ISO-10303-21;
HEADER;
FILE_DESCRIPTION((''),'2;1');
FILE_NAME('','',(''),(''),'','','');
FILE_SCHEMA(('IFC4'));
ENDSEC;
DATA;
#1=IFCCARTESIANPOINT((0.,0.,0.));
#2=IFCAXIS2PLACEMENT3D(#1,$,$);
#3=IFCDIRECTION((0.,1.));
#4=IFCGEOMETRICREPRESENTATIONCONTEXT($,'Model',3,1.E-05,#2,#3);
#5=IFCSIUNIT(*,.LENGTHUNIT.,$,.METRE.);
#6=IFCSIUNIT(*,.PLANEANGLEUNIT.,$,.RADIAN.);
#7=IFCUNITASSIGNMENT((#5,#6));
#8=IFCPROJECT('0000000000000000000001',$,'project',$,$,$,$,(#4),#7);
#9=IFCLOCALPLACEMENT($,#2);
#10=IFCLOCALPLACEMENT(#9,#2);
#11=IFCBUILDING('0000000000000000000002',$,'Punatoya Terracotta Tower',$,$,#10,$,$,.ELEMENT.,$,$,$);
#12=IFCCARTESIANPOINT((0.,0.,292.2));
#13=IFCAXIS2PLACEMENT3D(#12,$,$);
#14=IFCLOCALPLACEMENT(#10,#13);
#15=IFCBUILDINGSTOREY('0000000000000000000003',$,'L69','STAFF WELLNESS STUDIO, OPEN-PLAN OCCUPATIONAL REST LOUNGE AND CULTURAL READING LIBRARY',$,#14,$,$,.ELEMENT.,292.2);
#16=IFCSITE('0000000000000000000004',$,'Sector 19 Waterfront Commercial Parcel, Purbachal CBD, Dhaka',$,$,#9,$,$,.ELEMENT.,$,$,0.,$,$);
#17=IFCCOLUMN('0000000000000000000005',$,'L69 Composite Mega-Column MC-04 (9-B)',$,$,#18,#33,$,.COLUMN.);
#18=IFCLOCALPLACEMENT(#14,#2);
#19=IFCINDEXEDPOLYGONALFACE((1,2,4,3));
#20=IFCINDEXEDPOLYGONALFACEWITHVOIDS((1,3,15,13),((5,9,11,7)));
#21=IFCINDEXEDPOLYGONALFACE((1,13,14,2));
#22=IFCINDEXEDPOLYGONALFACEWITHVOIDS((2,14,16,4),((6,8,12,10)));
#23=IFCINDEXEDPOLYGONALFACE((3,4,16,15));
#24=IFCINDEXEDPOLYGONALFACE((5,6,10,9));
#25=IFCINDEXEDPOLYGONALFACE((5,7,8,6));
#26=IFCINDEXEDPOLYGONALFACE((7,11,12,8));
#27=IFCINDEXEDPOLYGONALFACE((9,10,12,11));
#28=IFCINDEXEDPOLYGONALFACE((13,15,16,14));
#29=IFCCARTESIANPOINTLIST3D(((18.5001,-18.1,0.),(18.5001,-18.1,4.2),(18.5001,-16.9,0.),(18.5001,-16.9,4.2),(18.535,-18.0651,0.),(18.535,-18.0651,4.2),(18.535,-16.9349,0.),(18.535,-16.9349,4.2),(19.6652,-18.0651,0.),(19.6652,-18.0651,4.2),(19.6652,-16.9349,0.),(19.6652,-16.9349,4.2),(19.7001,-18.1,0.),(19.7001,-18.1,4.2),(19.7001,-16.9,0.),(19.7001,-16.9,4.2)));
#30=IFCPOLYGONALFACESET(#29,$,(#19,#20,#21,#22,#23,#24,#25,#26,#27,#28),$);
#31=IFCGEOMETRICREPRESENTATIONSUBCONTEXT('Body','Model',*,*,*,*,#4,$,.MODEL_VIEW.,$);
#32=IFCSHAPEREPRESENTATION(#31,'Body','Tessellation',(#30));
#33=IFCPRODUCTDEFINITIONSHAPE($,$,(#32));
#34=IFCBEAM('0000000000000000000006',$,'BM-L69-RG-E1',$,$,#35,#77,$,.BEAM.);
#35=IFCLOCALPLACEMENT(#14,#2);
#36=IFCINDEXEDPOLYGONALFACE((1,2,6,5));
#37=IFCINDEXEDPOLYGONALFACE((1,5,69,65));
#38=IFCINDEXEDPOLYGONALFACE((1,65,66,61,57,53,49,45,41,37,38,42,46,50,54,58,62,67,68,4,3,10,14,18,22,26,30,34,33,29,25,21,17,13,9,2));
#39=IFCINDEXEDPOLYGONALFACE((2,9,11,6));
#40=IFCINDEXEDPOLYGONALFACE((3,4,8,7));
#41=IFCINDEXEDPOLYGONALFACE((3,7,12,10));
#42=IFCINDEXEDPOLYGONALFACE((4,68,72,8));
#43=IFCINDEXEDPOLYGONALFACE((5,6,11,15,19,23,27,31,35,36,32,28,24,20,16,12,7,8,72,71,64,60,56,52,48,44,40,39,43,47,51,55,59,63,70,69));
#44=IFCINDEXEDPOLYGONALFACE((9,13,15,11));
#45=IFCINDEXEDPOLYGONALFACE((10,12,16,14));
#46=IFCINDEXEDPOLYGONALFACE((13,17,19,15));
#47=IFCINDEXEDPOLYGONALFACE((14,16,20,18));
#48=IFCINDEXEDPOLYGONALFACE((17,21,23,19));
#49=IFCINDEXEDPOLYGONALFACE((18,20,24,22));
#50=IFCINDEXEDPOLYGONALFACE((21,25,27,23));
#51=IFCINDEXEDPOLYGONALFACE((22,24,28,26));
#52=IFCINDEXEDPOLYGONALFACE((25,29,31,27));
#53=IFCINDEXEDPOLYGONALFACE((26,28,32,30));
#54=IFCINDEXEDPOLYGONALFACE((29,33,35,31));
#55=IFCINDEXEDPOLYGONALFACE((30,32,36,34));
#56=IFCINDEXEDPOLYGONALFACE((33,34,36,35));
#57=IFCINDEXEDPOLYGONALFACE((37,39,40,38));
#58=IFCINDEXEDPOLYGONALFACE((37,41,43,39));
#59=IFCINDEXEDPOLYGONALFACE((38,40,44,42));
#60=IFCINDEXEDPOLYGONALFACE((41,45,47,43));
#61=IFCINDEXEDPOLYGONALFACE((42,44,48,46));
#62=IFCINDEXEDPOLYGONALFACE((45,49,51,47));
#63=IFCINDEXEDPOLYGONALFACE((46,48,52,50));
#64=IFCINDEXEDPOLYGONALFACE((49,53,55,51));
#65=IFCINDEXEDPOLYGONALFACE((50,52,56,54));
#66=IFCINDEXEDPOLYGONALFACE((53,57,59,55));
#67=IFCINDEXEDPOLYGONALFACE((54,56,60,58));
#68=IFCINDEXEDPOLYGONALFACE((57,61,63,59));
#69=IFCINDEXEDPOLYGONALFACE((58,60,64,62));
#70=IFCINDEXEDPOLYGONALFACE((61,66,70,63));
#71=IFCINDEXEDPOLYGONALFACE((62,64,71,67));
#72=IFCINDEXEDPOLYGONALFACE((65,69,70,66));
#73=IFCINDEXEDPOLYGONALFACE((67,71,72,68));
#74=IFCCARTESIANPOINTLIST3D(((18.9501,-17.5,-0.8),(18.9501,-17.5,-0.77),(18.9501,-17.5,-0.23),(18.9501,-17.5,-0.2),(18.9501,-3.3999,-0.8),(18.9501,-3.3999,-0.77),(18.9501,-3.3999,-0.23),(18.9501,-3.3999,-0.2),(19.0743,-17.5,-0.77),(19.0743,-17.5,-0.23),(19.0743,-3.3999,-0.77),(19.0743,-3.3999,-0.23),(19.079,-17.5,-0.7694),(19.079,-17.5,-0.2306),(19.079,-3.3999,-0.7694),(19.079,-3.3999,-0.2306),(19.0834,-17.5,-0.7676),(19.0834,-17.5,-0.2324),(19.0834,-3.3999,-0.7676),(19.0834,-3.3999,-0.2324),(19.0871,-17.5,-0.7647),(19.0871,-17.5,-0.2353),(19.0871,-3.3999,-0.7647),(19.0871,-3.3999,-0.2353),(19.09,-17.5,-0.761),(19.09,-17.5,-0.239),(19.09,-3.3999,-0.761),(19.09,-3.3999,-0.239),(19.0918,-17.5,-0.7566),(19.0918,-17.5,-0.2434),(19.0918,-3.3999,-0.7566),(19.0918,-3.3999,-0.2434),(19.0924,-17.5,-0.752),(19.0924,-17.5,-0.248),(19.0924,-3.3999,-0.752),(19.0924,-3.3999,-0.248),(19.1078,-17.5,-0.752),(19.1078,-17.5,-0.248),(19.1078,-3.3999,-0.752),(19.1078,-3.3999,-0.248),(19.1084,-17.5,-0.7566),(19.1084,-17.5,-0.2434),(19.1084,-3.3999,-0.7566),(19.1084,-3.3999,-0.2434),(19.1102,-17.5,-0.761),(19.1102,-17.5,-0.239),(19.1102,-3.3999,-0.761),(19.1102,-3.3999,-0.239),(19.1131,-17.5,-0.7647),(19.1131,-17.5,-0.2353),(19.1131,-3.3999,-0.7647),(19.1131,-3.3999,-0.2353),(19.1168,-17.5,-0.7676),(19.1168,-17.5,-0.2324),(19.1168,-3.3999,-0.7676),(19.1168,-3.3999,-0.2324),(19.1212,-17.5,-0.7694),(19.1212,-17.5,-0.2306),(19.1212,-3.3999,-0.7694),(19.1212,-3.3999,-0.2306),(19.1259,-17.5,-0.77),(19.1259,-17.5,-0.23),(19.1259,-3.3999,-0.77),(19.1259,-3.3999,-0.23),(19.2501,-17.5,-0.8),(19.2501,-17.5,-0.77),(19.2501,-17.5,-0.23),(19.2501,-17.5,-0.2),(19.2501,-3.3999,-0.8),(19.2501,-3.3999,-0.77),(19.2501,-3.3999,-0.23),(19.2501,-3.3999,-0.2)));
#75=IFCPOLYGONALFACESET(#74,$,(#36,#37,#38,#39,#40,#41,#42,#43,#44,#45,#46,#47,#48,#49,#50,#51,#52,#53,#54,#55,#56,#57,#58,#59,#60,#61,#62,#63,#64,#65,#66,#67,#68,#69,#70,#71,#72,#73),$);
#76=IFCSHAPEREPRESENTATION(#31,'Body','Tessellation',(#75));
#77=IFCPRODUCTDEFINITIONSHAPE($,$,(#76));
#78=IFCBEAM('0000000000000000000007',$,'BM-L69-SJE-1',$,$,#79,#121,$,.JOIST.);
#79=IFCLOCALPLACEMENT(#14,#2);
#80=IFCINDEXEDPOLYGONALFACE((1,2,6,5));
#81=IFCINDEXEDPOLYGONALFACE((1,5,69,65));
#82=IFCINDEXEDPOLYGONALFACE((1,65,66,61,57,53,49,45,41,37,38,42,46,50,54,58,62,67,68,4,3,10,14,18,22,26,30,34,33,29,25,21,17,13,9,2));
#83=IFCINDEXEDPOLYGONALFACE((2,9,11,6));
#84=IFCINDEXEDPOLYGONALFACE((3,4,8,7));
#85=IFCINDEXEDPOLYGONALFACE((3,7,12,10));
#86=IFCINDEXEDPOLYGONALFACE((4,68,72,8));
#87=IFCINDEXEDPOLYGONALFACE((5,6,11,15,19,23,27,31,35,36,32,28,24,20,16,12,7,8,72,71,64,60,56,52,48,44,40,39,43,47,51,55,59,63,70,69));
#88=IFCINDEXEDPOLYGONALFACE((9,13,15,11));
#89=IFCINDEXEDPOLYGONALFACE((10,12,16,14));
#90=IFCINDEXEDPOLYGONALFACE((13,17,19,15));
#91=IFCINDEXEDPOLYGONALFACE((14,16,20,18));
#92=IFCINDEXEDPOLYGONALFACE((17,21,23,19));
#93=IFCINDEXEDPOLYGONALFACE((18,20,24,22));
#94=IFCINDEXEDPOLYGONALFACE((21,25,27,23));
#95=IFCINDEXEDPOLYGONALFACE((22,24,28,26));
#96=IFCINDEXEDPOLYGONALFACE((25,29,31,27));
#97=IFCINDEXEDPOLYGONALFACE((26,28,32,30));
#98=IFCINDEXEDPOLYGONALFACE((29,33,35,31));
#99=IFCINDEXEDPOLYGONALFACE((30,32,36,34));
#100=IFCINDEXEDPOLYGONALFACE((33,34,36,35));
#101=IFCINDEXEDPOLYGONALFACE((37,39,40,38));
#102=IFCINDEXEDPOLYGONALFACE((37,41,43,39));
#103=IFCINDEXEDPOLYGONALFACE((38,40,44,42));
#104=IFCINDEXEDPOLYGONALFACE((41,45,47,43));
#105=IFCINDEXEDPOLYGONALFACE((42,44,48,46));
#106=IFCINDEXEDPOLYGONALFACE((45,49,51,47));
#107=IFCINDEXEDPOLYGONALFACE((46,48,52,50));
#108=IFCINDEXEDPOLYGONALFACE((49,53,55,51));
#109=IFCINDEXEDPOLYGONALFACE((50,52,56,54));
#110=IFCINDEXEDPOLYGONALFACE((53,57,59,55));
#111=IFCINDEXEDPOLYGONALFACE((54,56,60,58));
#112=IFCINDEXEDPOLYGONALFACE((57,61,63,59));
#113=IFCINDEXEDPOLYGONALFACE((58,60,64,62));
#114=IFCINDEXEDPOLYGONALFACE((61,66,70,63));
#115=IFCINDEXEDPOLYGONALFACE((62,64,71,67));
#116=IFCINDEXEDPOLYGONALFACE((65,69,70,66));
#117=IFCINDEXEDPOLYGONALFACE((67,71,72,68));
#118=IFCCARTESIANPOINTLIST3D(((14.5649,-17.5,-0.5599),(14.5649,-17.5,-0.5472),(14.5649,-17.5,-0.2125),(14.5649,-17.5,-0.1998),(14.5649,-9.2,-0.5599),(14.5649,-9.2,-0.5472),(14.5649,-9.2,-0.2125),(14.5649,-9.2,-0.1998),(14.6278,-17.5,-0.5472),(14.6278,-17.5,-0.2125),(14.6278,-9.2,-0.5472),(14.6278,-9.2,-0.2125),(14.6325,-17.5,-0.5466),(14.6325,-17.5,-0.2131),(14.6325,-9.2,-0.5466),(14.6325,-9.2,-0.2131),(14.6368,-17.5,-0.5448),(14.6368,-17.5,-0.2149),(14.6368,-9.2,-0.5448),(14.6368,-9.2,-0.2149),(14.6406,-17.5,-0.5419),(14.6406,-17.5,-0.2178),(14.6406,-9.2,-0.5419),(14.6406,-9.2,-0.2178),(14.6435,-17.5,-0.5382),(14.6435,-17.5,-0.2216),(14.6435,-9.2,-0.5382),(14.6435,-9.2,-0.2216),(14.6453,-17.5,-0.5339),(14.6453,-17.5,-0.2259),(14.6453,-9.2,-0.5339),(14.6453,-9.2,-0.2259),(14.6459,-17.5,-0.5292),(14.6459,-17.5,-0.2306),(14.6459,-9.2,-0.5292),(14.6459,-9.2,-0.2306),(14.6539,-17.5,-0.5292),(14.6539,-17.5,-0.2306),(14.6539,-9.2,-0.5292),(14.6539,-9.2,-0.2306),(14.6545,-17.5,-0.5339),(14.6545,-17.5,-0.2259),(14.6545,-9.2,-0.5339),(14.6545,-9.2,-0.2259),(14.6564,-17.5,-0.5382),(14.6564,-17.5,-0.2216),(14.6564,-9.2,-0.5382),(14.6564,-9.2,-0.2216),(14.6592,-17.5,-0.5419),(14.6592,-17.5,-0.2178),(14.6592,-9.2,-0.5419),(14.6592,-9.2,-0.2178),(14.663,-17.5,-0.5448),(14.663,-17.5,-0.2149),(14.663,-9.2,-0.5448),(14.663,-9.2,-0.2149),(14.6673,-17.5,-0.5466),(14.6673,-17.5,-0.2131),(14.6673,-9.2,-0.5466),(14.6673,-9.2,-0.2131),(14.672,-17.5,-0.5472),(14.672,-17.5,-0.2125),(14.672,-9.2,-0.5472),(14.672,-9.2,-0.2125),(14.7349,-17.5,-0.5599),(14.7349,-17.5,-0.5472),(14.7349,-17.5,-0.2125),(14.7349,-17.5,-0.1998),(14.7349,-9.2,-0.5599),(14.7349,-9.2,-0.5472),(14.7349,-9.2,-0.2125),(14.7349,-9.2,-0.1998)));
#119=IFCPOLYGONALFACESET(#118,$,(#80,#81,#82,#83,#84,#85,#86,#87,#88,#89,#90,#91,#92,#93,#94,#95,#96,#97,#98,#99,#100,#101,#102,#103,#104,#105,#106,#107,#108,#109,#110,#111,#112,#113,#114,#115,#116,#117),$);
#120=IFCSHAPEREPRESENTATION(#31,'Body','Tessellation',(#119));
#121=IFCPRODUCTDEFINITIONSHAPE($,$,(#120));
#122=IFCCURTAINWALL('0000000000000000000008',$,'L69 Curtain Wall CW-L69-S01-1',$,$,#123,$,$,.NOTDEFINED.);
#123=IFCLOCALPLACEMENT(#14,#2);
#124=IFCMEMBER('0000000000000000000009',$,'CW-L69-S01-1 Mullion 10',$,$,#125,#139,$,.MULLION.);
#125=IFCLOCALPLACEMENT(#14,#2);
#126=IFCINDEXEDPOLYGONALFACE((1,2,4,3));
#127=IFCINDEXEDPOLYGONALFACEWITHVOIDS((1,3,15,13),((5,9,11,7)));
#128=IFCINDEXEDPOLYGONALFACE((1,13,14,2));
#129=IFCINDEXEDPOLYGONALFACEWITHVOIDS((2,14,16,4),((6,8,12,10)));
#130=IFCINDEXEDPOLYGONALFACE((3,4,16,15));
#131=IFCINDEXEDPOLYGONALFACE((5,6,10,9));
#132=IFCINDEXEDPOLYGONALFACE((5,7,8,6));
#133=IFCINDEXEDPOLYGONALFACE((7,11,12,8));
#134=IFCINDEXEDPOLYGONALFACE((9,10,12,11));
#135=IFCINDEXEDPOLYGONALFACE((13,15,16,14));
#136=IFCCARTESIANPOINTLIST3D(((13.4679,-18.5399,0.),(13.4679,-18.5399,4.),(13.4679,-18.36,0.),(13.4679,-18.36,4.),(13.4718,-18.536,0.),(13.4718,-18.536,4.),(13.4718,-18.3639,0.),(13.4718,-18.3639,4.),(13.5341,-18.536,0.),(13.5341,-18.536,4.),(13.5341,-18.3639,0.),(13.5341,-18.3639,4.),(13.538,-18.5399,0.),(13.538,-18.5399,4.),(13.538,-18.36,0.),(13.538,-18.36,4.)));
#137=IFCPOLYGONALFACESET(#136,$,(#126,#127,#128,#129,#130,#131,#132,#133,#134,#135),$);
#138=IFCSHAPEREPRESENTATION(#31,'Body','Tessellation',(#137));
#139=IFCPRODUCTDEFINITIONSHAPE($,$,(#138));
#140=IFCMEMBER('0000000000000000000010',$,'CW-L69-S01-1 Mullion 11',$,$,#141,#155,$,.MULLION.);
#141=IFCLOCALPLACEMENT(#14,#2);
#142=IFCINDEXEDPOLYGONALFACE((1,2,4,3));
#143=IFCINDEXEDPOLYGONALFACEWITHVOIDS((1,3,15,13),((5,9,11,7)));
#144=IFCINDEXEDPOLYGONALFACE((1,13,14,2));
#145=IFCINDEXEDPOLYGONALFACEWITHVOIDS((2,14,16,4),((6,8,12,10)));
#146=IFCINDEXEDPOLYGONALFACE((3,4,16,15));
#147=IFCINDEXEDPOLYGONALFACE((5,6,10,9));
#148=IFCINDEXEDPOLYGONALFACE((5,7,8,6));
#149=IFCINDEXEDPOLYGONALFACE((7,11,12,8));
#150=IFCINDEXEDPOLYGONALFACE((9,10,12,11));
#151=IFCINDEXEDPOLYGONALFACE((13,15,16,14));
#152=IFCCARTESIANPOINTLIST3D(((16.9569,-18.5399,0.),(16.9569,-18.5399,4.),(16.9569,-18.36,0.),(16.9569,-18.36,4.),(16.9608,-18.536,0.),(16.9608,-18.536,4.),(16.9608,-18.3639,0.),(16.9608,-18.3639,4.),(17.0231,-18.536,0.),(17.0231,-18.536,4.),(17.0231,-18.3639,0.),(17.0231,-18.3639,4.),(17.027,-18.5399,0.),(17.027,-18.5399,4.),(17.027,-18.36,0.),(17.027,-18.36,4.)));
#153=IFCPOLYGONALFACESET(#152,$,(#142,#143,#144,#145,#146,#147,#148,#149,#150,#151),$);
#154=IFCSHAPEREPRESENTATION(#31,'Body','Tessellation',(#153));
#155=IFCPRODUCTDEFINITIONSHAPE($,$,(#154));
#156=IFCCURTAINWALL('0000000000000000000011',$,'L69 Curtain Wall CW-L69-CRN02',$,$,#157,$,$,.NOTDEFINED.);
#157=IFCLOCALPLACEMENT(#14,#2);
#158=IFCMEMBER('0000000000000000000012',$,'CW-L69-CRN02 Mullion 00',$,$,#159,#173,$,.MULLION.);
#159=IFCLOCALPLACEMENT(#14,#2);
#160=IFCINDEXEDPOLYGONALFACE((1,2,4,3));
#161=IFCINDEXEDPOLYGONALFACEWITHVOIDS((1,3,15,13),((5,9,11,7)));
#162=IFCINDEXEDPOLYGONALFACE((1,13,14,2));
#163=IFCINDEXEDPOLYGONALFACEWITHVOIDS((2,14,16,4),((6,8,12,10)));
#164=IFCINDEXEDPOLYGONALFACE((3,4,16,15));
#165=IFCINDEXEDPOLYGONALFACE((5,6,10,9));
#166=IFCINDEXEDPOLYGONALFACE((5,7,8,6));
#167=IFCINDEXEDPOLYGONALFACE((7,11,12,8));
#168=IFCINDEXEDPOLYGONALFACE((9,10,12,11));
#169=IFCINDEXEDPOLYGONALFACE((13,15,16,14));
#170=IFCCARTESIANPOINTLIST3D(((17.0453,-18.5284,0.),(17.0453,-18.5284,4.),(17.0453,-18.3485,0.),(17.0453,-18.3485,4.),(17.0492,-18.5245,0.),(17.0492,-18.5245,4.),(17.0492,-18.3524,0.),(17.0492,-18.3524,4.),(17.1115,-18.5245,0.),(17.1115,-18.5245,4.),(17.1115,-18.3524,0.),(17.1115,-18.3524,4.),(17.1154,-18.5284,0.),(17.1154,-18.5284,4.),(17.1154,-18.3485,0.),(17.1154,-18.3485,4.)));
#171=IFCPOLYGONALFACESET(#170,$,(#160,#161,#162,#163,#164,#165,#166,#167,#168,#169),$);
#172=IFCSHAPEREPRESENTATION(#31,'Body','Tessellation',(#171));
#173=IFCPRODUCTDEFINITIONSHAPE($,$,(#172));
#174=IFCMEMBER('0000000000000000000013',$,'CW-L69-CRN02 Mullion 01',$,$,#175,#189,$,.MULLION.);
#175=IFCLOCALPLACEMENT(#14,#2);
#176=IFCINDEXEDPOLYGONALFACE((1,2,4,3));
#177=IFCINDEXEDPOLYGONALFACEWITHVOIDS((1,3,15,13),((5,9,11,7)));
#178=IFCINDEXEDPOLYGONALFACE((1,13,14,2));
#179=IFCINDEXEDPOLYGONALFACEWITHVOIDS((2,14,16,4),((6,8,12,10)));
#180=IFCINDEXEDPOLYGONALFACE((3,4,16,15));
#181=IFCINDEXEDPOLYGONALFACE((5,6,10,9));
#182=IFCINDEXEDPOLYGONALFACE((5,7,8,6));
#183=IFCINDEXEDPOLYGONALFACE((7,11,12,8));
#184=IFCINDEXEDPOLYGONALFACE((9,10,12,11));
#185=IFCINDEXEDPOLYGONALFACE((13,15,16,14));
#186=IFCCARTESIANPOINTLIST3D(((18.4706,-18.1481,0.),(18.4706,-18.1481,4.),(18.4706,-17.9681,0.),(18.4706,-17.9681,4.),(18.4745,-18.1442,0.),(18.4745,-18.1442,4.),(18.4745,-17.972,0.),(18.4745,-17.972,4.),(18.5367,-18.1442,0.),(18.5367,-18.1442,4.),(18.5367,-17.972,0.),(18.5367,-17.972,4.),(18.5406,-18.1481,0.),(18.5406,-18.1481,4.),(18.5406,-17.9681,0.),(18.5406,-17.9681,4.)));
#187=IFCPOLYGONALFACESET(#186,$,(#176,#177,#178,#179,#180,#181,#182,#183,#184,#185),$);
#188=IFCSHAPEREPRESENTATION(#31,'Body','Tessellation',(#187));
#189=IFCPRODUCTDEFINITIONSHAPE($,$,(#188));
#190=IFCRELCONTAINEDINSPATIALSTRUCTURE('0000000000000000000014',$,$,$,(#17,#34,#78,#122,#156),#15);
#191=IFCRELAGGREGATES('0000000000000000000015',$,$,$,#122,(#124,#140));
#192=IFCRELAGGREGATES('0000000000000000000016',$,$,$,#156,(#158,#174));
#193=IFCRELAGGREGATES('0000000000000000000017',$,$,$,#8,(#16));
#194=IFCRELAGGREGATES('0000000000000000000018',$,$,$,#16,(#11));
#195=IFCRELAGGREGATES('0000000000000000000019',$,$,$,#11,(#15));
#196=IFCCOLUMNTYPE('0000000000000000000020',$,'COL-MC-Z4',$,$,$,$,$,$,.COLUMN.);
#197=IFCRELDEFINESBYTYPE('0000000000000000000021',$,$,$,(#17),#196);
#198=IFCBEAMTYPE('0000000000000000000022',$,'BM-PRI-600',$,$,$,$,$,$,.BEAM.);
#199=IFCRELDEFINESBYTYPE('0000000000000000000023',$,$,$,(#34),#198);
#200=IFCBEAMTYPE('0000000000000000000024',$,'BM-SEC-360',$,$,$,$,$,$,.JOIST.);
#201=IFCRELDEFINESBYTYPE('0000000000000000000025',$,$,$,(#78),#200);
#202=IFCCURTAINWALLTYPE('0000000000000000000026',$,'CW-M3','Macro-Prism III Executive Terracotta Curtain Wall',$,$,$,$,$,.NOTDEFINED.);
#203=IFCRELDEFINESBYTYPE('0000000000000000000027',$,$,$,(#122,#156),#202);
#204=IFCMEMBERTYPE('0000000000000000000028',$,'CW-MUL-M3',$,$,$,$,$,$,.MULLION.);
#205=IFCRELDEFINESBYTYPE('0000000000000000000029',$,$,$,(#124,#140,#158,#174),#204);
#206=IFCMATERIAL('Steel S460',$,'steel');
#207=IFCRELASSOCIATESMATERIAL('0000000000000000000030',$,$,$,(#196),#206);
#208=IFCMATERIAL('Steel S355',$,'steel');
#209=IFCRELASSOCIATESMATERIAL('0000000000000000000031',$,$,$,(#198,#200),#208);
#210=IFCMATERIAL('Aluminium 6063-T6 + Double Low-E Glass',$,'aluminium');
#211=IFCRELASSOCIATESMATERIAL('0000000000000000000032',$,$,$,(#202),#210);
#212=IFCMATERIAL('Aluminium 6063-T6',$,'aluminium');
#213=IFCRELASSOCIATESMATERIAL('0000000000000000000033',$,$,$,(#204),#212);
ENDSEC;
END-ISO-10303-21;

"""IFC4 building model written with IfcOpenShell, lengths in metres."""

from ifc_helpers import new_model, si_unit, direction, frame, origin, origin_2d, place, context, subcontext, project, spatial, hollow_rectangle, i_section, extrude, material, material_profile, profile_set, type_object, element, aggregate, save


model = new_model("IFC4")

# Units and contexts
model_context = context("Model", 3, precision=1e-05, world=origin(), true_north=direction((0.0, 1.0)))
body_context = subcontext(model_context, "Body", "Model", "MODEL_VIEW")
ifc_project = project(units=[si_unit("LENGTHUNIT", "METRE"), si_unit("PLANEANGLEUNIT", "RADIAN")], contexts=[model_context])

# Site, building, storey
site_placement = place(None, origin())
site = spatial("IfcSite", under=ifc_project, at=site_placement, Name="Sector 19 Waterfront Commercial Parcel, Purbachal CBD, Dhaka", CompositionType="ELEMENT", RefElevation=0.0)
building_placement = place(site_placement, origin())
building = spatial("IfcBuilding", under=site, at=building_placement, Name="Punatoya Terracotta Tower", CompositionType="ELEMENT")
storey_placement = place(building_placement, frame((0.0, 0.0, 292.2)))
storey = spatial("IfcBuildingStorey", under=building, at=storey_placement, Name="L69", Description="STAFF WELLNESS STUDIO, OPEN-PLAN OCCUPATIONAL REST LOUNGE AND CULTURAL READING LIBRARY", CompositionType="ELEMENT", Elevation=292.2)

# Column
ifc_material_1 = material(Name="Steel S460", Category="steel")
ifc_material_profile_1 = material_profile(ifc_material_1, hollow_rectangle(XDim=1.2, YDim=1.2, WallThickness=0.0349, at=origin_2d()))
ifc_profile_set_1 = profile_set([ifc_material_profile_1], Name="Steel S460")
column_type = type_object("IfcColumnType", Name="COL-MC-Z4", PredefinedType="COLUMN", material=ifc_profile_set_1)
column_placement = place(storey_placement, frame((19.1001, -17.5, 0.0), z_axis=(0.0, 0.0, 1.0), x_axis=(1.0, 0.0, 0.0)))
element("IfcColumn", 1, at=column_placement, inside=storey, type_object=column_type, Name="L69 Composite Mega-Column MC-04 (9-B)", PredefinedType="COLUMN", context=body_context, shape_type="SweptSolid", body=[
    extrude(hollow_rectangle(XDim=1.2, YDim=1.2, WallThickness=0.0349, at=origin_2d()), origin(), (0.0, 0.0, 1.0), 4.2),
])

# Beams
ifc_material_2 = material(Name="Steel S355", Category="steel")
ifc_material_profile_2 = material_profile(ifc_material_2, i_section(OverallWidth=0.3, OverallDepth=0.6001, WebThickness=0.0154, FlangeThickness=0.03, FilletRadius=0.0181, at=origin_2d()))
ifc_profile_set_2 = profile_set([ifc_material_profile_2], Name="Steel S355")
beam_type_1 = type_object("IfcBeamType", Name="BM-PRI-600", PredefinedType="BEAM", material=ifc_profile_set_2)
beam_1_placement = place(storey_placement, frame((19.1001, -17.5, -0.5), z_axis=(0.0, 1.0, 0.0), x_axis=(-1.0, 0.0, 0.0)))
element("IfcBeam", 2, at=beam_1_placement, inside=storey, type_object=beam_type_1, Name="BM-L69-RG-E1", PredefinedType="BEAM", context=body_context, shape_type="SweptSolid", body=[
    extrude(i_section(OverallWidth=0.3, OverallDepth=0.6001, WebThickness=0.0154, FlangeThickness=0.03, FilletRadius=0.0181, at=origin_2d()), origin(), (0.0, 0.0, 1.0), 14.1001),
])
ifc_material_profile_3 = material_profile(ifc_material_2, i_section(OverallWidth=0.1699, OverallDepth=0.3601, WebThickness=0.0081, FlangeThickness=0.0127, FilletRadius=0.0181, at=origin_2d()))
ifc_profile_set_3 = profile_set([ifc_material_profile_3], Name="Steel S355")
beam_type_2 = type_object("IfcBeamType", Name="BM-SEC-360", PredefinedType="JOIST", material=ifc_profile_set_3)
beam_2_placement = place(storey_placement, frame((14.6499, -17.5, -0.3799), z_axis=(0.0, 1.0, 0.0), x_axis=(-1.0, 0.0, 0.0)))
element("IfcBeam", 3, at=beam_2_placement, inside=storey, type_object=beam_type_2, Name="BM-L69-SJE-1", PredefinedType="JOIST", context=body_context, shape_type="SweptSolid", body=[
    extrude(i_section(OverallWidth=0.1699, OverallDepth=0.3601, WebThickness=0.0081, FlangeThickness=0.0127, FilletRadius=0.0181, at=origin_2d()), origin(), (0.0, 0.0, 1.0), 8.3),
])

# Curtain walls, members
ifc_material_3 = material(Name="Aluminium 6063-T6 + Double Low-E Glass", Category="aluminium")
curtain_wall_type = type_object("IfcCurtainWallType", Name="CW-M3", Description="Macro-Prism III Executive Terracotta Curtain Wall", PredefinedType="NOTDEFINED", material=ifc_material_3)
curtain_wall_1_placement = place(storey_placement, origin())
curtain_wall_1 = element("IfcCurtainWall", 4, at=curtain_wall_1_placement, inside=storey, type_object=curtain_wall_type, Name="L69 Curtain Wall CW-L69-S01-1", PredefinedType="NOTDEFINED")
ifc_material_4 = material(Name="Aluminium 6063-T6", Category="aluminium")
ifc_material_profile_4 = material_profile(ifc_material_4, hollow_rectangle(XDim=0.0701, YDim=0.1799, WallThickness=0.0039, at=origin_2d()))
ifc_profile_set_4 = profile_set([ifc_material_profile_4], Name="Aluminium 6063-T6")
member_type_1 = type_object("IfcMemberType", Name="CW-MUL-M3", PredefinedType="MULLION", material=ifc_profile_set_4)
member_1_placement = place(storey_placement, frame((13.5029, -18.45, 0.0), z_axis=(0.0, 0.0, 1.0), x_axis=(1.0, 0.0, 0.0)))
member_1 = element("IfcMember", 5, at=member_1_placement, type_object=member_type_1, Name="CW-L69-S01-1 Mullion 10", PredefinedType="MULLION", context=body_context, shape_type="SweptSolid", body=[
    extrude(hollow_rectangle(XDim=0.0701, YDim=0.1799, WallThickness=0.0039, at=origin_2d()), origin(), (0.0, 0.0, 1.0), 4.0),
])
member_2_placement = place(storey_placement, frame((16.9919, -18.45, 0.0), z_axis=(0.0, 0.0, 1.0), x_axis=(1.0, 0.0, 0.0)))
member_2 = element("IfcMember", 6, at=member_2_placement, type_object=member_type_1, Name="CW-L69-S01-1 Mullion 11", PredefinedType="MULLION", context=body_context, shape_type="SweptSolid", body=[
    extrude(hollow_rectangle(XDim=0.0701, YDim=0.1799, WallThickness=0.0039, at=origin_2d()), origin(), (0.0, 0.0, 1.0), 4.0),
])
curtain_wall_2_placement = place(storey_placement, origin())
curtain_wall_2 = element("IfcCurtainWall", 7, at=curtain_wall_2_placement, inside=storey, type_object=curtain_wall_type, Name="L69 Curtain Wall CW-L69-CRN02", PredefinedType="NOTDEFINED")
member_3_placement = place(storey_placement, frame((17.0803, -18.4385, 0.0), z_axis=(0.0, 0.0, 1.0), x_axis=(1.0, 0.0, 0.0)))
member_3 = element("IfcMember", 8, at=member_3_placement, type_object=member_type_1, Name="CW-L69-CRN02 Mullion 00", PredefinedType="MULLION", context=body_context, shape_type="SweptSolid", body=[
    extrude(hollow_rectangle(XDim=0.0701, YDim=0.1799, WallThickness=0.0039, at=origin_2d()), origin(), (0.0, 0.0, 1.0), 4.0),
])
member_4_placement = place(storey_placement, frame((18.5056, -18.0581, 0.0), z_axis=(0.0, 0.0, 1.0), x_axis=(1.0, 0.0, 0.0)))
member_4 = element("IfcMember", 9, at=member_4_placement, type_object=member_type_1, Name="CW-L69-CRN02 Mullion 01", PredefinedType="MULLION", context=body_context, shape_type="SweptSolid", body=[
    extrude(hollow_rectangle(XDim=0.0701, YDim=0.1799, WallThickness=0.0039, at=origin_2d()), origin(), (0.0, 0.0, 1.0), 4.0),
])

aggregate(curtain_wall_1, [member_1, member_2])
aggregate(curtain_wall_2, [member_3, member_4])

save(model, "model.ifc")
